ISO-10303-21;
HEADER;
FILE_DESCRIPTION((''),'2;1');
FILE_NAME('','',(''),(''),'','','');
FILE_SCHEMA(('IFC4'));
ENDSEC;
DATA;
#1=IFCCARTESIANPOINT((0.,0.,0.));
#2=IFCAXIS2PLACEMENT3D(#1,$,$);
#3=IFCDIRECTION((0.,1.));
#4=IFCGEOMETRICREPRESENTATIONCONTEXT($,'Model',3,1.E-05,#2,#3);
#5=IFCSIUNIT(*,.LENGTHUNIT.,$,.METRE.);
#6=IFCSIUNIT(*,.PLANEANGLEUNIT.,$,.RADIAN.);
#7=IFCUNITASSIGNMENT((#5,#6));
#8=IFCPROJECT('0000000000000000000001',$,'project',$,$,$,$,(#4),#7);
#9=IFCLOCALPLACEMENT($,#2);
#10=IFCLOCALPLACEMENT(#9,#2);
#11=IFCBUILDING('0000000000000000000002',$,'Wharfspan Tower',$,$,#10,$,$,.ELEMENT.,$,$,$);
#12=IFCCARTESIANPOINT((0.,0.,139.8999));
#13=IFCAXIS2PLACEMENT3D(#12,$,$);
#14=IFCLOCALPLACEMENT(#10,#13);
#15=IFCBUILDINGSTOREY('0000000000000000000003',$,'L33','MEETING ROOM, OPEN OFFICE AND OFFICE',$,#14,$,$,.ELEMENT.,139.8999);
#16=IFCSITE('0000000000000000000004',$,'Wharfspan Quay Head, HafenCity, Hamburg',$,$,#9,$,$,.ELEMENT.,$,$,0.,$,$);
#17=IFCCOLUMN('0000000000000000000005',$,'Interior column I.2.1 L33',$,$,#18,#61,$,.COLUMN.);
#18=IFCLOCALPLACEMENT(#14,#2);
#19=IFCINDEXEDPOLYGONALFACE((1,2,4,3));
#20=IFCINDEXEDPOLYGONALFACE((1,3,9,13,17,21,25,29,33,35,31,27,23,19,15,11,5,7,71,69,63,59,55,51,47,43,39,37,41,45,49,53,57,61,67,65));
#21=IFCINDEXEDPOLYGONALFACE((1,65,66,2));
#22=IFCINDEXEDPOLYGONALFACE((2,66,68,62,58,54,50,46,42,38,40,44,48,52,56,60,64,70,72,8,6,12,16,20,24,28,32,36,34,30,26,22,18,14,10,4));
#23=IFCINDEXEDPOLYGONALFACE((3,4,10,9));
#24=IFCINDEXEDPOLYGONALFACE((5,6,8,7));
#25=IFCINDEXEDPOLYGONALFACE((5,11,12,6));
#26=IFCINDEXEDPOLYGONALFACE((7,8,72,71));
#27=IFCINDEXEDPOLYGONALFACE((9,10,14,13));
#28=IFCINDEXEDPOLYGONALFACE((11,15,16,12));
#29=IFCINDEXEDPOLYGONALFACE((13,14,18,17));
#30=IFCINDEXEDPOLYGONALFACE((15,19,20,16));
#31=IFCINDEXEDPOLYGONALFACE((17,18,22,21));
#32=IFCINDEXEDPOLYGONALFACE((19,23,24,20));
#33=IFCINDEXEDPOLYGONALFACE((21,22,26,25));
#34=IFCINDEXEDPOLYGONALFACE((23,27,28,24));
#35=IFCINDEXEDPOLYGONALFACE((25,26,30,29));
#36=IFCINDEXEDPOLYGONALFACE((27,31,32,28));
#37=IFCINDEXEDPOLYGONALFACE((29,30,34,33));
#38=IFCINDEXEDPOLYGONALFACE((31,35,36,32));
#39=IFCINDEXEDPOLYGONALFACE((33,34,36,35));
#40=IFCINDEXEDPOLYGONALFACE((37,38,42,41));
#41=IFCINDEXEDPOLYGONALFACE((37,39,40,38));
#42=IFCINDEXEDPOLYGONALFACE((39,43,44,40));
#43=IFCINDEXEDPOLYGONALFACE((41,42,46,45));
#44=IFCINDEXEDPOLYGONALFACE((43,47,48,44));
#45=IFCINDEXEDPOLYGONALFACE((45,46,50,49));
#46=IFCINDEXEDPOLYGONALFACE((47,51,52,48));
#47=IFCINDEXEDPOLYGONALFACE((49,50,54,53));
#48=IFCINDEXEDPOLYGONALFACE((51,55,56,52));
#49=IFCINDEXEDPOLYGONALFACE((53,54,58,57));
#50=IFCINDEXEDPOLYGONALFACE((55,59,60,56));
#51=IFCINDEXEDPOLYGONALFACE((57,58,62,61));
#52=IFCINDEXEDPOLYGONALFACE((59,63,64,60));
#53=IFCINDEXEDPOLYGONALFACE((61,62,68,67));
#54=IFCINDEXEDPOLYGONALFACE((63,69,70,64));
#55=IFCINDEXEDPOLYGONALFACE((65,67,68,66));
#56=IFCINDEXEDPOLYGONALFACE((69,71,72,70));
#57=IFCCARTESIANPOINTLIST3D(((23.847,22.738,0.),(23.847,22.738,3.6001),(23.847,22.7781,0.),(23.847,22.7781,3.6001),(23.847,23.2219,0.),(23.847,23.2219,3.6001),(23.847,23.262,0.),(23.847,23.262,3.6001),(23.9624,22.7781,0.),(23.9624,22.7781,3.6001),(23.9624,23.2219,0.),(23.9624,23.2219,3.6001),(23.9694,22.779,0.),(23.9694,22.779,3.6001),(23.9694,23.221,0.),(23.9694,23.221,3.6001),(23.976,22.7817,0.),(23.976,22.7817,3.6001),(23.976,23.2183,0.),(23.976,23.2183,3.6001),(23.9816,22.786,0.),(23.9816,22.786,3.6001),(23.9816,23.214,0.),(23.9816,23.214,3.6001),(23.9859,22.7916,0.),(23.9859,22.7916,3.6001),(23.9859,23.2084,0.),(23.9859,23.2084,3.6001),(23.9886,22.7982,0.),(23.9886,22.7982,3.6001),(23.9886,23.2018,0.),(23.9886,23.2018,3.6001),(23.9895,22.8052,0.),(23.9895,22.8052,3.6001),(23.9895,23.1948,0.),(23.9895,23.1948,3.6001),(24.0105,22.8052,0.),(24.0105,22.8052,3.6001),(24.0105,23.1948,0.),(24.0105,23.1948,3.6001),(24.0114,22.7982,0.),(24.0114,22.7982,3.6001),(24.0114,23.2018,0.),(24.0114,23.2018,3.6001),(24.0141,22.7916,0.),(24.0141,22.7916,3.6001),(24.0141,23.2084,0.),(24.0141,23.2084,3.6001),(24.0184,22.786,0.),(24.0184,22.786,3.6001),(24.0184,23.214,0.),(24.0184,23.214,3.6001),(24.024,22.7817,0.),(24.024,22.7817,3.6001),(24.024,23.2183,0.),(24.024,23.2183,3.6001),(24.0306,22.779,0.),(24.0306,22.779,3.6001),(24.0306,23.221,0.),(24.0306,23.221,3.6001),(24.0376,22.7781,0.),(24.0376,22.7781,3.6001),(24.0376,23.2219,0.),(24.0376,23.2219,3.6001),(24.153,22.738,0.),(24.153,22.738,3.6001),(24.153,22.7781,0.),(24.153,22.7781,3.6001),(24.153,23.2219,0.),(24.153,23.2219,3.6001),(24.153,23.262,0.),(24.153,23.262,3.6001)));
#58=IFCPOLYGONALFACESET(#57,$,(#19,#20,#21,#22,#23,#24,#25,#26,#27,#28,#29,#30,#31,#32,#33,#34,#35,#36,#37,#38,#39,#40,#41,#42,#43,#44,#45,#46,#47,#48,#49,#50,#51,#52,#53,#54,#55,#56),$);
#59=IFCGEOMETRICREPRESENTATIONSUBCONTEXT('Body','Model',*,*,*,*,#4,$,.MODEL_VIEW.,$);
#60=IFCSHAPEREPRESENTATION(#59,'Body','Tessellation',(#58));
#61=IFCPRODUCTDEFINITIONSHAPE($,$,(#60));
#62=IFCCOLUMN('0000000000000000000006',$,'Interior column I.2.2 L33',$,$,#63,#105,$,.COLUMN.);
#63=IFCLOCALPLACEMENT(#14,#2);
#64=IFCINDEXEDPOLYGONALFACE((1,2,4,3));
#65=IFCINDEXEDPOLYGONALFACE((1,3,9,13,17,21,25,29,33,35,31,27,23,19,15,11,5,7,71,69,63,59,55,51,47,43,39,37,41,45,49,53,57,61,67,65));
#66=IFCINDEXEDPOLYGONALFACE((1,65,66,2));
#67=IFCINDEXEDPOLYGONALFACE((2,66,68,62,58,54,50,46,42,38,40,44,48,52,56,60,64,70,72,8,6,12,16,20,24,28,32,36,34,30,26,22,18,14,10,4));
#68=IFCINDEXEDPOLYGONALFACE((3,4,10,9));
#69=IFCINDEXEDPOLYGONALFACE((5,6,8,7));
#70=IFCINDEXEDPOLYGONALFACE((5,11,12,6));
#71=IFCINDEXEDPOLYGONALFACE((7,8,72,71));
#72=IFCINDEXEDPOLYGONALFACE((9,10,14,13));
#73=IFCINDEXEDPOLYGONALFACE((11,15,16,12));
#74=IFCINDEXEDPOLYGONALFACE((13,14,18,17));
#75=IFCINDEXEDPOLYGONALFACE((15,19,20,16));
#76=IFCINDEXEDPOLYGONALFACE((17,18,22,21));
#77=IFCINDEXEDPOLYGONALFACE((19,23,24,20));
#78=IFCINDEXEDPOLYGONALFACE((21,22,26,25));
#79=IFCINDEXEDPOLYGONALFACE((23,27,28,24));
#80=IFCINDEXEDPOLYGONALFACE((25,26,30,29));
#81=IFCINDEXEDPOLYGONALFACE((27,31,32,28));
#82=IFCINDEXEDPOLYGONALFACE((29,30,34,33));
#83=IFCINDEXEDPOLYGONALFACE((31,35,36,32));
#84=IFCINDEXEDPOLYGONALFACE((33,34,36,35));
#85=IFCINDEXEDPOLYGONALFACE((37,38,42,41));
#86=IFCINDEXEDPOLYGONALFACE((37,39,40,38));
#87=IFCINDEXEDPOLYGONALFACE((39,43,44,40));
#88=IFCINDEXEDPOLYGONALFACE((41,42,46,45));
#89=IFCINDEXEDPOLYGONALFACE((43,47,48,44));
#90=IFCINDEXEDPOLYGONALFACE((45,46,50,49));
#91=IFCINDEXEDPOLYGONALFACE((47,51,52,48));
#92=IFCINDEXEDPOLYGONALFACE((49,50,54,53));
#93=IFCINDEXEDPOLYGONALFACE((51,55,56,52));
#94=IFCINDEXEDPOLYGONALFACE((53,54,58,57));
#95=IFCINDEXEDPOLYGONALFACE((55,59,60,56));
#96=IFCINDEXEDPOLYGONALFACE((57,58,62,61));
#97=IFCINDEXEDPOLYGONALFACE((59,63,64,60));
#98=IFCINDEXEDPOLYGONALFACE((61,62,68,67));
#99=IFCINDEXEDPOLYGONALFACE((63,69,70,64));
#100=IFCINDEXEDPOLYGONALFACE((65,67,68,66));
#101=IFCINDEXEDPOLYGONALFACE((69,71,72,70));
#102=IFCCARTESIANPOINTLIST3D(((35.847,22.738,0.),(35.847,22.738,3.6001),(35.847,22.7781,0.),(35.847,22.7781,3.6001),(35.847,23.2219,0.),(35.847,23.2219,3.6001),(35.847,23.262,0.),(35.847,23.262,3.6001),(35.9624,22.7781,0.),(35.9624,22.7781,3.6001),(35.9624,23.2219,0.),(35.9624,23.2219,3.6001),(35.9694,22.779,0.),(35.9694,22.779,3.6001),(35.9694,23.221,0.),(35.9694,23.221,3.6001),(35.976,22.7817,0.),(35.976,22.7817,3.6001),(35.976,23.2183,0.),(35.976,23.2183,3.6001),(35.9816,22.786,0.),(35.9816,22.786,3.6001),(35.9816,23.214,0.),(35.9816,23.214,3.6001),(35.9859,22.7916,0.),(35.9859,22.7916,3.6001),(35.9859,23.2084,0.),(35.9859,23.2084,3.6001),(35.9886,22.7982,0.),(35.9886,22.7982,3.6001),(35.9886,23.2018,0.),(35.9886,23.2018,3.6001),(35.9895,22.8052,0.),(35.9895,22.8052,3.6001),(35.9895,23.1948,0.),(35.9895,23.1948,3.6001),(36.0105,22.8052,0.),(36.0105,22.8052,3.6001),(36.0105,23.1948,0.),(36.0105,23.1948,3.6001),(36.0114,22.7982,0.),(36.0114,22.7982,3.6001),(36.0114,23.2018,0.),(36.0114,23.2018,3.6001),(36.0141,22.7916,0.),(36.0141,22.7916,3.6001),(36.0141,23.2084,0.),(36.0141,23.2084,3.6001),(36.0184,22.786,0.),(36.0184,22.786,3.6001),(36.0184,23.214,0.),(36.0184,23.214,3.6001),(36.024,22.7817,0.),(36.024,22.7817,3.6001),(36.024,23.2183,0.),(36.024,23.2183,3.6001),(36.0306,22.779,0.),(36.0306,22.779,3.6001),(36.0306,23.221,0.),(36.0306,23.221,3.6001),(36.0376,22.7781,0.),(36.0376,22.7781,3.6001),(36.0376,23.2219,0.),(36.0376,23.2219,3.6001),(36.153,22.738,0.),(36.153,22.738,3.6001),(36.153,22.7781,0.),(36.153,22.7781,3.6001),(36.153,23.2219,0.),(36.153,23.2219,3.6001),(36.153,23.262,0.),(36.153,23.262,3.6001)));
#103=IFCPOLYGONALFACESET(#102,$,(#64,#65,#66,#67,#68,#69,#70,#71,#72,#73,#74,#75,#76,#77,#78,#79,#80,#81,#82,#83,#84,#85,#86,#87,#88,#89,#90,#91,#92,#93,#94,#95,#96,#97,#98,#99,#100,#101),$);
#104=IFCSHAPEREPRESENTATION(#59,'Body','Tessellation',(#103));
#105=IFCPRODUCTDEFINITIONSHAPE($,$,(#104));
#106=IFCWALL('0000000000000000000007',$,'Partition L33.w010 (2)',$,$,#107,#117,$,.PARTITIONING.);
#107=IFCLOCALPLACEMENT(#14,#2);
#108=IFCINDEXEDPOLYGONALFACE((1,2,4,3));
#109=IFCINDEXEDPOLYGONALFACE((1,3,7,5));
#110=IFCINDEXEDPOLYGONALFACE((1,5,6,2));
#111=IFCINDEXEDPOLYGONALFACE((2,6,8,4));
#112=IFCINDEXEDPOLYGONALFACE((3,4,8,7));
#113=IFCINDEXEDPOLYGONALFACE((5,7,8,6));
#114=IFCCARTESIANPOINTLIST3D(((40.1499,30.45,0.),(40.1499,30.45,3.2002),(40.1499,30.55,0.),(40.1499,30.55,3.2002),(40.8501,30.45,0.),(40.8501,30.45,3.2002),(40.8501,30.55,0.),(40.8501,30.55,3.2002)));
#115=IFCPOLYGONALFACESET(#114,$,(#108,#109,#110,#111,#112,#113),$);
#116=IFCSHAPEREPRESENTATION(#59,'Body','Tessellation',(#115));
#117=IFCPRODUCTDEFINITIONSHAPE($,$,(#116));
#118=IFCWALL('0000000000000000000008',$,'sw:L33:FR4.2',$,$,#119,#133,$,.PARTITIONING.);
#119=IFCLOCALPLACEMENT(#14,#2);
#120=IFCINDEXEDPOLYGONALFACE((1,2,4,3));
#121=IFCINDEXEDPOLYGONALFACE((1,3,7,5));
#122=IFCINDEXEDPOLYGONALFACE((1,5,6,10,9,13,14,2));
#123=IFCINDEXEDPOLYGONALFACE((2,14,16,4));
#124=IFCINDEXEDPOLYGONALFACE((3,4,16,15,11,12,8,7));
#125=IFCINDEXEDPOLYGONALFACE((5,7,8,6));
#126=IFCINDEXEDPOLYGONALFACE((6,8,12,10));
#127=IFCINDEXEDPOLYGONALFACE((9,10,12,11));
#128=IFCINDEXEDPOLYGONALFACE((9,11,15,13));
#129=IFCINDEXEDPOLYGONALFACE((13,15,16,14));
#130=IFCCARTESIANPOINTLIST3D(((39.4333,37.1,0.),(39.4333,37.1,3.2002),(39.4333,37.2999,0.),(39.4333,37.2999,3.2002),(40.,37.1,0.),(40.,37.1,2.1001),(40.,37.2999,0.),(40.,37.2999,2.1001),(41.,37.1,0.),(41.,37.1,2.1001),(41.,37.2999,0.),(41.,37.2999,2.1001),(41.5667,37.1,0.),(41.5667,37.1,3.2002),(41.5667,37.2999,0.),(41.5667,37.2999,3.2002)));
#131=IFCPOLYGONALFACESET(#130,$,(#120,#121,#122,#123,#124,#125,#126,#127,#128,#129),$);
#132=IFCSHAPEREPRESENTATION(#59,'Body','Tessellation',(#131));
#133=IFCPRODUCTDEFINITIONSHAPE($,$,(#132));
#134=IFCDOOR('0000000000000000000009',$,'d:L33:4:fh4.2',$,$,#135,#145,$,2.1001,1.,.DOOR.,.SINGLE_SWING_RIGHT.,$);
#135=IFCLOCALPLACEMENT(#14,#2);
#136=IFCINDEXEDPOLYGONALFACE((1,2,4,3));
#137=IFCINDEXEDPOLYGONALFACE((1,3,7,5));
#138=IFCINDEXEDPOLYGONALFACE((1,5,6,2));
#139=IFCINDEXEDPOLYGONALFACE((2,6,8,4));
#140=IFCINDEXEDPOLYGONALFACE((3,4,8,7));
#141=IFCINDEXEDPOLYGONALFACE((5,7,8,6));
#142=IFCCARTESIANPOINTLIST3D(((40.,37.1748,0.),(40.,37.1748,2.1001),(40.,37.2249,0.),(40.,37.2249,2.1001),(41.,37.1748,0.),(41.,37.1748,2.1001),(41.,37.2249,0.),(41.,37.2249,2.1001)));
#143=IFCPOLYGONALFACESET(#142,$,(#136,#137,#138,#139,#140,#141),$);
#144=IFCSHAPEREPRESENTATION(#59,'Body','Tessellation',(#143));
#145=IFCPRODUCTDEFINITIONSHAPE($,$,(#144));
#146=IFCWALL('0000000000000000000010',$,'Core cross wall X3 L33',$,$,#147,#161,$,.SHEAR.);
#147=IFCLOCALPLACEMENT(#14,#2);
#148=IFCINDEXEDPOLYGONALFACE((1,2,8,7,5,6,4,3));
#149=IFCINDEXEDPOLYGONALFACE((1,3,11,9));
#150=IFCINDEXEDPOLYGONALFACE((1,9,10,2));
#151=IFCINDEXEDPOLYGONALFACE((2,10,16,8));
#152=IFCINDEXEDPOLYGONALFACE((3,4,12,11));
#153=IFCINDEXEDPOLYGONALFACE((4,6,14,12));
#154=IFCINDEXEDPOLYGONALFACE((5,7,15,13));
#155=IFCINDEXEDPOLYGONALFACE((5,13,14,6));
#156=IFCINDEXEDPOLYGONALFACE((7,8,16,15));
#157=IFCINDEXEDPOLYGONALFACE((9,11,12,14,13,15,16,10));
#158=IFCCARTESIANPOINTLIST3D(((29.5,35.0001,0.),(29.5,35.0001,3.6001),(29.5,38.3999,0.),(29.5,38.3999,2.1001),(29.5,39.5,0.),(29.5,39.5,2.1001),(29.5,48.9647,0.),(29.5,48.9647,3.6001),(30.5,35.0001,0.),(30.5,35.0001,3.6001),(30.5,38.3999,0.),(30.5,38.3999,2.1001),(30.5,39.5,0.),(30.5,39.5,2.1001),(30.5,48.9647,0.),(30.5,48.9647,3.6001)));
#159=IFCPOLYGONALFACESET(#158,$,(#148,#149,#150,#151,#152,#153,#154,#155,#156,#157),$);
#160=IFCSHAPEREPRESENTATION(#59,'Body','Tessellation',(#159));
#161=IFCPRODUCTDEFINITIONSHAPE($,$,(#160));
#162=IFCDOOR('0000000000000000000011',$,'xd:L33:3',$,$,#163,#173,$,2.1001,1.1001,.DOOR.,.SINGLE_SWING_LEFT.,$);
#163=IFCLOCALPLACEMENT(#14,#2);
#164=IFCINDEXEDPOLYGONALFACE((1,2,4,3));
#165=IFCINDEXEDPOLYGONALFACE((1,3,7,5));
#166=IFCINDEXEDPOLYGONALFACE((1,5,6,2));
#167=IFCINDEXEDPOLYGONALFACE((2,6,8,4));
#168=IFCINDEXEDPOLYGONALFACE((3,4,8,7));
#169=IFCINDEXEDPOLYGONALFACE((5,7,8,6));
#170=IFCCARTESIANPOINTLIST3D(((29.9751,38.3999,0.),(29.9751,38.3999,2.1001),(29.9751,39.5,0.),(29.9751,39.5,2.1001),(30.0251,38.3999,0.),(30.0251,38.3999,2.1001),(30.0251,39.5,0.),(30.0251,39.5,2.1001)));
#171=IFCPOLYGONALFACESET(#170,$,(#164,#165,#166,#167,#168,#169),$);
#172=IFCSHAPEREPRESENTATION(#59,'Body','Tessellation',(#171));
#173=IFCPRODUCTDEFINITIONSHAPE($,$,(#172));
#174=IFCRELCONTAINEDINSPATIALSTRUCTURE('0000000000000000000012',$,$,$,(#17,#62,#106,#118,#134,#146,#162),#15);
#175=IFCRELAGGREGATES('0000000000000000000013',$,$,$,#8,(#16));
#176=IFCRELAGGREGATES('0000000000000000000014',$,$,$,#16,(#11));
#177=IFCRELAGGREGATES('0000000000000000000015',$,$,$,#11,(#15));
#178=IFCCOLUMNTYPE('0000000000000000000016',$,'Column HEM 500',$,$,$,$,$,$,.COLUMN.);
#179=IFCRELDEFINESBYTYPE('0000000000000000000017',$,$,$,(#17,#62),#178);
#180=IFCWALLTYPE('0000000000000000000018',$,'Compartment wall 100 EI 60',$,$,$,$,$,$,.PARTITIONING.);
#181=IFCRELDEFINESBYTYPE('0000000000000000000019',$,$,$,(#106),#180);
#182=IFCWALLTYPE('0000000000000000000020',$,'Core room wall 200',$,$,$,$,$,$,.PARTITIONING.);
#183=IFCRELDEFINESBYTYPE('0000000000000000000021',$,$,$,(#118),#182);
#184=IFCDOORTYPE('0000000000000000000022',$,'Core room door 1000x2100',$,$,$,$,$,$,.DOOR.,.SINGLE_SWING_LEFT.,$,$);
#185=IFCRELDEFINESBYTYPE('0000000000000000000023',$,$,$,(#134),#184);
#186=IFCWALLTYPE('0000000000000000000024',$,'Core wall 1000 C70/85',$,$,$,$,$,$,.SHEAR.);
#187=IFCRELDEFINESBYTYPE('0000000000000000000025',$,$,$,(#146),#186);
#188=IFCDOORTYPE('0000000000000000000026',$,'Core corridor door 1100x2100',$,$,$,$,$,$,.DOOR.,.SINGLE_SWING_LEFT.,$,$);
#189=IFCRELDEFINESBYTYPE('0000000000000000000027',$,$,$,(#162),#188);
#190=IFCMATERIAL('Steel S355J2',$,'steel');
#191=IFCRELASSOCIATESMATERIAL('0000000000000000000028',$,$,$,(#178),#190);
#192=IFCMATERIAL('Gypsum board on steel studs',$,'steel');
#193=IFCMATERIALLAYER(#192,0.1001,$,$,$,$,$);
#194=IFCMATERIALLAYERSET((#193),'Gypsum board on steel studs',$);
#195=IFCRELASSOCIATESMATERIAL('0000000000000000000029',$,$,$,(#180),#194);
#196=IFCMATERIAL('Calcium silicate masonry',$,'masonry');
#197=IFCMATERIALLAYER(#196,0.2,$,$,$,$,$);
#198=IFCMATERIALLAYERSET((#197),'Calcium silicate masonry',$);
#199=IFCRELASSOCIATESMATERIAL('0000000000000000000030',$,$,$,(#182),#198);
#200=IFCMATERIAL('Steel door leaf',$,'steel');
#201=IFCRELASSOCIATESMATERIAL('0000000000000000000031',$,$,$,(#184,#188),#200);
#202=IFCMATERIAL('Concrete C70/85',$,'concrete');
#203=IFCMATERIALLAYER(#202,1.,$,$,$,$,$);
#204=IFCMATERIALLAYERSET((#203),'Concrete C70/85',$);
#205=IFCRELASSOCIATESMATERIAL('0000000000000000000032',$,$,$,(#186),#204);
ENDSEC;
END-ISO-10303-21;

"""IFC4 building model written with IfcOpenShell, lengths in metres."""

from ifc_helpers import new_model, si_unit, direction, frame, frame_2d, origin, origin_2d, place, context, subcontext, project, spatial, rectangle, i_section, extrude, material, layer, layer_set, material_profile, profile_set, type_object, element, fill, save


model = new_model("IFC4")

# Units and contexts
model_context = context("Model", 3, precision=1e-05, world=origin(), true_north=direction((0.0, 1.0)))
body_context = subcontext(model_context, "Body", "Model", "MODEL_VIEW")
ifc_project = project(units=[si_unit("LENGTHUNIT", "METRE"), si_unit("PLANEANGLEUNIT", "RADIAN")], contexts=[model_context])

# Site, building, storey
site_placement = place(None, origin())
site = spatial("IfcSite", under=ifc_project, at=site_placement, Name="Wharfspan Quay Head, HafenCity, Hamburg", CompositionType="ELEMENT", RefElevation=0.0)
building_placement = place(site_placement, origin())
building = spatial("IfcBuilding", under=site, at=building_placement, Name="Wharfspan Tower", CompositionType="ELEMENT")
storey_placement = place(building_placement, frame((0.0, 0.0, 139.8999)))
storey = spatial("IfcBuildingStorey", under=building, at=storey_placement, Name="L33", Description="MEETING ROOM, OPEN OFFICE AND OFFICE", CompositionType="ELEMENT", Elevation=139.8999)

# Columns
ifc_material_1 = material(Name="Steel S355J2", Category="steel")
ifc_material_profile = material_profile(ifc_material_1, i_section(OverallWidth=0.3059, OverallDepth=0.5239, WebThickness=0.021, FlangeThickness=0.04, FilletRadius=0.0271, at=origin_2d()))
ifc_profile_set = profile_set([ifc_material_profile], Name="Steel S355J2")
column_type = type_object("IfcColumnType", Name="Column HEM 500", PredefinedType="COLUMN", material=ifc_profile_set)
for number, where, z_axis, x_axis, name in (
    (1, (24.0, 23.0, 0.0), (0.0, 0.0, 1.0), (1.0, 0.0, 0.0), "Interior column I.2.1 L33"),
    (2, (36.0, 23.0, 0.0), (0.0, 0.0, 1.0), (1.0, 0.0, 0.0), "Interior column I.2.2 L33"),
):
    element("IfcColumn", number, at=place(storey_placement, frame(where, z_axis=z_axis, x_axis=x_axis)), inside=storey, type_object=column_type, Name=name, PredefinedType="COLUMN", context=body_context, shape_type="SweptSolid", body=[
        extrude(i_section(OverallWidth=0.3059, OverallDepth=0.5239, WebThickness=0.021, FlangeThickness=0.04, FilletRadius=0.0271, at=origin_2d()), origin(), (0.0, 0.0, 1.0), 3.6001),
    ])

# Wall
ifc_material_2 = material(Name="Gypsum board on steel studs", Category="steel")
ifc_layer_1 = layer(ifc_material_2, 0.1001)
ifc_layer_set_1 = layer_set([ifc_layer_1], Name="Gypsum board on steel studs")
wall_type_1 = type_object("IfcWallType", Name="Compartment wall 100 EI 60", PredefinedType="PARTITIONING", material=ifc_layer_set_1)
wall_1_placement = place(storey_placement, frame((40.1499, 30.5, 0.0), z_axis=(0.0, 0.0, 1.0), x_axis=(1.0, 0.0, 0.0)))
element("IfcWall", 3, at=wall_1_placement, inside=storey, type_object=wall_type_1, Name="Partition L33.w010 (2)", PredefinedType="PARTITIONING", context=body_context, shape_type="SweptSolid", body=[
    extrude(rectangle(XDim=0.7002, YDim=0.1001, at=frame_2d((0.3501, 0.0))), origin(), (0.0, 0.0, 1.0), 3.2002),
])

# Walls, openings, doors
ifc_material_3 = material(Name="Calcium silicate masonry", Category="masonry")
ifc_layer_2 = layer(ifc_material_3, 0.2)
ifc_layer_set_2 = layer_set([ifc_layer_2], Name="Calcium silicate masonry")
wall_type_2 = type_object("IfcWallType", Name="Core room wall 200", PredefinedType="PARTITIONING", material=ifc_layer_set_2)
wall_2_placement = place(storey_placement, frame((39.4333, 37.2, 0.0), z_axis=(0.0, 0.0, 1.0), x_axis=(1.0, 0.0, 0.0)))
wall_2 = element("IfcWall", 4, at=wall_2_placement, inside=storey, type_object=wall_type_2, Name="sw:L33:FR4.2", PredefinedType="PARTITIONING", context=body_context, shape_type="SweptSolid", body=[
    extrude(rectangle(XDim=2.1333, YDim=0.2, at=frame_2d((1.0667, 0.0))), origin(), (0.0, 0.0, 1.0), 3.2002),
])
opening_1_placement = place(wall_2_placement, frame((0.5666, 0.0, 0.0)))
opening_1 = element("IfcOpeningElement", 5, at=opening_1_placement, cuts=wall_2, PredefinedType="OPENING", context=body_context, shape_type="SweptSolid", body=[
    extrude(rectangle(XDim=1.0, YDim=2.1001, at=frame_2d((0.5, 1.05))), frame((0.0, 0.1099, 0.0), z_axis=(0.0, -1.0, 0.0), x_axis=(1.0, 0.0, 0.0)), (0.0, 0.0, 1.0), 0.22),
])
ifc_material_4 = material(Name="Steel door leaf", Category="steel")
door_type_1 = type_object("IfcDoorType", Name="Core room door 1000x2100", OperationType="SINGLE_SWING_LEFT", PredefinedType="DOOR", material=ifc_material_4)
door_1_placement = place(opening_1_placement, origin())
door_1 = element("IfcDoor", 6, at=door_1_placement, inside=storey, type_object=door_type_1, Name="d:L33:4:fh4.2", OperationType="SINGLE_SWING_RIGHT", OverallHeight=2.1001, OverallWidth=1.0, PredefinedType="DOOR", context=body_context, shape_type="SweptSolid", body=[
    extrude(rectangle(XDim=1.0, YDim=2.1001, at=frame_2d((0.5, 1.05))), frame((0.0, 0.0249, 0.0), z_axis=(0.0, -1.0, 0.0), x_axis=(1.0, 0.0, 0.0)), (0.0, 0.0, 1.0), 0.05),
])
fill(opening_1, door_1)
ifc_material_5 = material(Name="Concrete C70/85", Category="concrete")
ifc_layer_3 = layer(ifc_material_5, 1.0)
ifc_layer_set_3 = layer_set([ifc_layer_3], Name="Concrete C70/85")
wall_type_3 = type_object("IfcWallType", Name="Core wall 1000 C70/85", PredefinedType="SHEAR", material=ifc_layer_set_3)
wall_3_placement = place(storey_placement, frame((30.0, 35.0, 0.0), z_axis=(0.0, 0.0, 1.0), x_axis=(0.0, 1.0, 0.0)))
wall_3 = element("IfcWall", 7, at=wall_3_placement, inside=storey, type_object=wall_type_3, Name="Core cross wall X3 L33", PredefinedType="SHEAR", context=body_context, shape_type="SweptSolid", body=[
    extrude(rectangle(XDim=13.9646, YDim=1.0, at=frame_2d((6.9824, 0.0))), origin(), (0.0, 0.0, 1.0), 3.6001),
])
opening_2_placement = place(wall_3_placement, frame((3.3999, 0.0, 0.0)))
opening_2 = element("IfcOpeningElement", 8, at=opening_2_placement, cuts=wall_3, PredefinedType="OPENING", context=body_context, shape_type="SweptSolid", body=[
    extrude(rectangle(XDim=1.1001, YDim=2.1001, at=frame_2d((0.55, 1.05))), frame((0.0, 0.51, 0.0), z_axis=(0.0, -1.0, 0.0), x_axis=(1.0, 0.0, 0.0)), (0.0, 0.0, 1.0), 1.02),
])
door_type_2 = type_object("IfcDoorType", Name="Core corridor door 1100x2100", OperationType="SINGLE_SWING_LEFT", PredefinedType="DOOR", material=ifc_material_4)
door_2_placement = place(opening_2_placement, origin())
door_2 = element("IfcDoor", 9, at=door_2_placement, inside=storey, type_object=door_type_2, Name="xd:L33:3", OperationType="SINGLE_SWING_LEFT", OverallHeight=2.1001, OverallWidth=1.1001, PredefinedType="DOOR", context=body_context, shape_type="SweptSolid", body=[
    extrude(rectangle(XDim=1.1001, YDim=2.1001, at=frame_2d((0.55, 1.05))), frame((0.0, 0.0249, 0.0), z_axis=(0.0, -1.0, 0.0), x_axis=(1.0, 0.0, 0.0)), (0.0, 0.0, 1.0), 0.05),
])
fill(opening_2, door_2)

save(model, "model.ifc")
